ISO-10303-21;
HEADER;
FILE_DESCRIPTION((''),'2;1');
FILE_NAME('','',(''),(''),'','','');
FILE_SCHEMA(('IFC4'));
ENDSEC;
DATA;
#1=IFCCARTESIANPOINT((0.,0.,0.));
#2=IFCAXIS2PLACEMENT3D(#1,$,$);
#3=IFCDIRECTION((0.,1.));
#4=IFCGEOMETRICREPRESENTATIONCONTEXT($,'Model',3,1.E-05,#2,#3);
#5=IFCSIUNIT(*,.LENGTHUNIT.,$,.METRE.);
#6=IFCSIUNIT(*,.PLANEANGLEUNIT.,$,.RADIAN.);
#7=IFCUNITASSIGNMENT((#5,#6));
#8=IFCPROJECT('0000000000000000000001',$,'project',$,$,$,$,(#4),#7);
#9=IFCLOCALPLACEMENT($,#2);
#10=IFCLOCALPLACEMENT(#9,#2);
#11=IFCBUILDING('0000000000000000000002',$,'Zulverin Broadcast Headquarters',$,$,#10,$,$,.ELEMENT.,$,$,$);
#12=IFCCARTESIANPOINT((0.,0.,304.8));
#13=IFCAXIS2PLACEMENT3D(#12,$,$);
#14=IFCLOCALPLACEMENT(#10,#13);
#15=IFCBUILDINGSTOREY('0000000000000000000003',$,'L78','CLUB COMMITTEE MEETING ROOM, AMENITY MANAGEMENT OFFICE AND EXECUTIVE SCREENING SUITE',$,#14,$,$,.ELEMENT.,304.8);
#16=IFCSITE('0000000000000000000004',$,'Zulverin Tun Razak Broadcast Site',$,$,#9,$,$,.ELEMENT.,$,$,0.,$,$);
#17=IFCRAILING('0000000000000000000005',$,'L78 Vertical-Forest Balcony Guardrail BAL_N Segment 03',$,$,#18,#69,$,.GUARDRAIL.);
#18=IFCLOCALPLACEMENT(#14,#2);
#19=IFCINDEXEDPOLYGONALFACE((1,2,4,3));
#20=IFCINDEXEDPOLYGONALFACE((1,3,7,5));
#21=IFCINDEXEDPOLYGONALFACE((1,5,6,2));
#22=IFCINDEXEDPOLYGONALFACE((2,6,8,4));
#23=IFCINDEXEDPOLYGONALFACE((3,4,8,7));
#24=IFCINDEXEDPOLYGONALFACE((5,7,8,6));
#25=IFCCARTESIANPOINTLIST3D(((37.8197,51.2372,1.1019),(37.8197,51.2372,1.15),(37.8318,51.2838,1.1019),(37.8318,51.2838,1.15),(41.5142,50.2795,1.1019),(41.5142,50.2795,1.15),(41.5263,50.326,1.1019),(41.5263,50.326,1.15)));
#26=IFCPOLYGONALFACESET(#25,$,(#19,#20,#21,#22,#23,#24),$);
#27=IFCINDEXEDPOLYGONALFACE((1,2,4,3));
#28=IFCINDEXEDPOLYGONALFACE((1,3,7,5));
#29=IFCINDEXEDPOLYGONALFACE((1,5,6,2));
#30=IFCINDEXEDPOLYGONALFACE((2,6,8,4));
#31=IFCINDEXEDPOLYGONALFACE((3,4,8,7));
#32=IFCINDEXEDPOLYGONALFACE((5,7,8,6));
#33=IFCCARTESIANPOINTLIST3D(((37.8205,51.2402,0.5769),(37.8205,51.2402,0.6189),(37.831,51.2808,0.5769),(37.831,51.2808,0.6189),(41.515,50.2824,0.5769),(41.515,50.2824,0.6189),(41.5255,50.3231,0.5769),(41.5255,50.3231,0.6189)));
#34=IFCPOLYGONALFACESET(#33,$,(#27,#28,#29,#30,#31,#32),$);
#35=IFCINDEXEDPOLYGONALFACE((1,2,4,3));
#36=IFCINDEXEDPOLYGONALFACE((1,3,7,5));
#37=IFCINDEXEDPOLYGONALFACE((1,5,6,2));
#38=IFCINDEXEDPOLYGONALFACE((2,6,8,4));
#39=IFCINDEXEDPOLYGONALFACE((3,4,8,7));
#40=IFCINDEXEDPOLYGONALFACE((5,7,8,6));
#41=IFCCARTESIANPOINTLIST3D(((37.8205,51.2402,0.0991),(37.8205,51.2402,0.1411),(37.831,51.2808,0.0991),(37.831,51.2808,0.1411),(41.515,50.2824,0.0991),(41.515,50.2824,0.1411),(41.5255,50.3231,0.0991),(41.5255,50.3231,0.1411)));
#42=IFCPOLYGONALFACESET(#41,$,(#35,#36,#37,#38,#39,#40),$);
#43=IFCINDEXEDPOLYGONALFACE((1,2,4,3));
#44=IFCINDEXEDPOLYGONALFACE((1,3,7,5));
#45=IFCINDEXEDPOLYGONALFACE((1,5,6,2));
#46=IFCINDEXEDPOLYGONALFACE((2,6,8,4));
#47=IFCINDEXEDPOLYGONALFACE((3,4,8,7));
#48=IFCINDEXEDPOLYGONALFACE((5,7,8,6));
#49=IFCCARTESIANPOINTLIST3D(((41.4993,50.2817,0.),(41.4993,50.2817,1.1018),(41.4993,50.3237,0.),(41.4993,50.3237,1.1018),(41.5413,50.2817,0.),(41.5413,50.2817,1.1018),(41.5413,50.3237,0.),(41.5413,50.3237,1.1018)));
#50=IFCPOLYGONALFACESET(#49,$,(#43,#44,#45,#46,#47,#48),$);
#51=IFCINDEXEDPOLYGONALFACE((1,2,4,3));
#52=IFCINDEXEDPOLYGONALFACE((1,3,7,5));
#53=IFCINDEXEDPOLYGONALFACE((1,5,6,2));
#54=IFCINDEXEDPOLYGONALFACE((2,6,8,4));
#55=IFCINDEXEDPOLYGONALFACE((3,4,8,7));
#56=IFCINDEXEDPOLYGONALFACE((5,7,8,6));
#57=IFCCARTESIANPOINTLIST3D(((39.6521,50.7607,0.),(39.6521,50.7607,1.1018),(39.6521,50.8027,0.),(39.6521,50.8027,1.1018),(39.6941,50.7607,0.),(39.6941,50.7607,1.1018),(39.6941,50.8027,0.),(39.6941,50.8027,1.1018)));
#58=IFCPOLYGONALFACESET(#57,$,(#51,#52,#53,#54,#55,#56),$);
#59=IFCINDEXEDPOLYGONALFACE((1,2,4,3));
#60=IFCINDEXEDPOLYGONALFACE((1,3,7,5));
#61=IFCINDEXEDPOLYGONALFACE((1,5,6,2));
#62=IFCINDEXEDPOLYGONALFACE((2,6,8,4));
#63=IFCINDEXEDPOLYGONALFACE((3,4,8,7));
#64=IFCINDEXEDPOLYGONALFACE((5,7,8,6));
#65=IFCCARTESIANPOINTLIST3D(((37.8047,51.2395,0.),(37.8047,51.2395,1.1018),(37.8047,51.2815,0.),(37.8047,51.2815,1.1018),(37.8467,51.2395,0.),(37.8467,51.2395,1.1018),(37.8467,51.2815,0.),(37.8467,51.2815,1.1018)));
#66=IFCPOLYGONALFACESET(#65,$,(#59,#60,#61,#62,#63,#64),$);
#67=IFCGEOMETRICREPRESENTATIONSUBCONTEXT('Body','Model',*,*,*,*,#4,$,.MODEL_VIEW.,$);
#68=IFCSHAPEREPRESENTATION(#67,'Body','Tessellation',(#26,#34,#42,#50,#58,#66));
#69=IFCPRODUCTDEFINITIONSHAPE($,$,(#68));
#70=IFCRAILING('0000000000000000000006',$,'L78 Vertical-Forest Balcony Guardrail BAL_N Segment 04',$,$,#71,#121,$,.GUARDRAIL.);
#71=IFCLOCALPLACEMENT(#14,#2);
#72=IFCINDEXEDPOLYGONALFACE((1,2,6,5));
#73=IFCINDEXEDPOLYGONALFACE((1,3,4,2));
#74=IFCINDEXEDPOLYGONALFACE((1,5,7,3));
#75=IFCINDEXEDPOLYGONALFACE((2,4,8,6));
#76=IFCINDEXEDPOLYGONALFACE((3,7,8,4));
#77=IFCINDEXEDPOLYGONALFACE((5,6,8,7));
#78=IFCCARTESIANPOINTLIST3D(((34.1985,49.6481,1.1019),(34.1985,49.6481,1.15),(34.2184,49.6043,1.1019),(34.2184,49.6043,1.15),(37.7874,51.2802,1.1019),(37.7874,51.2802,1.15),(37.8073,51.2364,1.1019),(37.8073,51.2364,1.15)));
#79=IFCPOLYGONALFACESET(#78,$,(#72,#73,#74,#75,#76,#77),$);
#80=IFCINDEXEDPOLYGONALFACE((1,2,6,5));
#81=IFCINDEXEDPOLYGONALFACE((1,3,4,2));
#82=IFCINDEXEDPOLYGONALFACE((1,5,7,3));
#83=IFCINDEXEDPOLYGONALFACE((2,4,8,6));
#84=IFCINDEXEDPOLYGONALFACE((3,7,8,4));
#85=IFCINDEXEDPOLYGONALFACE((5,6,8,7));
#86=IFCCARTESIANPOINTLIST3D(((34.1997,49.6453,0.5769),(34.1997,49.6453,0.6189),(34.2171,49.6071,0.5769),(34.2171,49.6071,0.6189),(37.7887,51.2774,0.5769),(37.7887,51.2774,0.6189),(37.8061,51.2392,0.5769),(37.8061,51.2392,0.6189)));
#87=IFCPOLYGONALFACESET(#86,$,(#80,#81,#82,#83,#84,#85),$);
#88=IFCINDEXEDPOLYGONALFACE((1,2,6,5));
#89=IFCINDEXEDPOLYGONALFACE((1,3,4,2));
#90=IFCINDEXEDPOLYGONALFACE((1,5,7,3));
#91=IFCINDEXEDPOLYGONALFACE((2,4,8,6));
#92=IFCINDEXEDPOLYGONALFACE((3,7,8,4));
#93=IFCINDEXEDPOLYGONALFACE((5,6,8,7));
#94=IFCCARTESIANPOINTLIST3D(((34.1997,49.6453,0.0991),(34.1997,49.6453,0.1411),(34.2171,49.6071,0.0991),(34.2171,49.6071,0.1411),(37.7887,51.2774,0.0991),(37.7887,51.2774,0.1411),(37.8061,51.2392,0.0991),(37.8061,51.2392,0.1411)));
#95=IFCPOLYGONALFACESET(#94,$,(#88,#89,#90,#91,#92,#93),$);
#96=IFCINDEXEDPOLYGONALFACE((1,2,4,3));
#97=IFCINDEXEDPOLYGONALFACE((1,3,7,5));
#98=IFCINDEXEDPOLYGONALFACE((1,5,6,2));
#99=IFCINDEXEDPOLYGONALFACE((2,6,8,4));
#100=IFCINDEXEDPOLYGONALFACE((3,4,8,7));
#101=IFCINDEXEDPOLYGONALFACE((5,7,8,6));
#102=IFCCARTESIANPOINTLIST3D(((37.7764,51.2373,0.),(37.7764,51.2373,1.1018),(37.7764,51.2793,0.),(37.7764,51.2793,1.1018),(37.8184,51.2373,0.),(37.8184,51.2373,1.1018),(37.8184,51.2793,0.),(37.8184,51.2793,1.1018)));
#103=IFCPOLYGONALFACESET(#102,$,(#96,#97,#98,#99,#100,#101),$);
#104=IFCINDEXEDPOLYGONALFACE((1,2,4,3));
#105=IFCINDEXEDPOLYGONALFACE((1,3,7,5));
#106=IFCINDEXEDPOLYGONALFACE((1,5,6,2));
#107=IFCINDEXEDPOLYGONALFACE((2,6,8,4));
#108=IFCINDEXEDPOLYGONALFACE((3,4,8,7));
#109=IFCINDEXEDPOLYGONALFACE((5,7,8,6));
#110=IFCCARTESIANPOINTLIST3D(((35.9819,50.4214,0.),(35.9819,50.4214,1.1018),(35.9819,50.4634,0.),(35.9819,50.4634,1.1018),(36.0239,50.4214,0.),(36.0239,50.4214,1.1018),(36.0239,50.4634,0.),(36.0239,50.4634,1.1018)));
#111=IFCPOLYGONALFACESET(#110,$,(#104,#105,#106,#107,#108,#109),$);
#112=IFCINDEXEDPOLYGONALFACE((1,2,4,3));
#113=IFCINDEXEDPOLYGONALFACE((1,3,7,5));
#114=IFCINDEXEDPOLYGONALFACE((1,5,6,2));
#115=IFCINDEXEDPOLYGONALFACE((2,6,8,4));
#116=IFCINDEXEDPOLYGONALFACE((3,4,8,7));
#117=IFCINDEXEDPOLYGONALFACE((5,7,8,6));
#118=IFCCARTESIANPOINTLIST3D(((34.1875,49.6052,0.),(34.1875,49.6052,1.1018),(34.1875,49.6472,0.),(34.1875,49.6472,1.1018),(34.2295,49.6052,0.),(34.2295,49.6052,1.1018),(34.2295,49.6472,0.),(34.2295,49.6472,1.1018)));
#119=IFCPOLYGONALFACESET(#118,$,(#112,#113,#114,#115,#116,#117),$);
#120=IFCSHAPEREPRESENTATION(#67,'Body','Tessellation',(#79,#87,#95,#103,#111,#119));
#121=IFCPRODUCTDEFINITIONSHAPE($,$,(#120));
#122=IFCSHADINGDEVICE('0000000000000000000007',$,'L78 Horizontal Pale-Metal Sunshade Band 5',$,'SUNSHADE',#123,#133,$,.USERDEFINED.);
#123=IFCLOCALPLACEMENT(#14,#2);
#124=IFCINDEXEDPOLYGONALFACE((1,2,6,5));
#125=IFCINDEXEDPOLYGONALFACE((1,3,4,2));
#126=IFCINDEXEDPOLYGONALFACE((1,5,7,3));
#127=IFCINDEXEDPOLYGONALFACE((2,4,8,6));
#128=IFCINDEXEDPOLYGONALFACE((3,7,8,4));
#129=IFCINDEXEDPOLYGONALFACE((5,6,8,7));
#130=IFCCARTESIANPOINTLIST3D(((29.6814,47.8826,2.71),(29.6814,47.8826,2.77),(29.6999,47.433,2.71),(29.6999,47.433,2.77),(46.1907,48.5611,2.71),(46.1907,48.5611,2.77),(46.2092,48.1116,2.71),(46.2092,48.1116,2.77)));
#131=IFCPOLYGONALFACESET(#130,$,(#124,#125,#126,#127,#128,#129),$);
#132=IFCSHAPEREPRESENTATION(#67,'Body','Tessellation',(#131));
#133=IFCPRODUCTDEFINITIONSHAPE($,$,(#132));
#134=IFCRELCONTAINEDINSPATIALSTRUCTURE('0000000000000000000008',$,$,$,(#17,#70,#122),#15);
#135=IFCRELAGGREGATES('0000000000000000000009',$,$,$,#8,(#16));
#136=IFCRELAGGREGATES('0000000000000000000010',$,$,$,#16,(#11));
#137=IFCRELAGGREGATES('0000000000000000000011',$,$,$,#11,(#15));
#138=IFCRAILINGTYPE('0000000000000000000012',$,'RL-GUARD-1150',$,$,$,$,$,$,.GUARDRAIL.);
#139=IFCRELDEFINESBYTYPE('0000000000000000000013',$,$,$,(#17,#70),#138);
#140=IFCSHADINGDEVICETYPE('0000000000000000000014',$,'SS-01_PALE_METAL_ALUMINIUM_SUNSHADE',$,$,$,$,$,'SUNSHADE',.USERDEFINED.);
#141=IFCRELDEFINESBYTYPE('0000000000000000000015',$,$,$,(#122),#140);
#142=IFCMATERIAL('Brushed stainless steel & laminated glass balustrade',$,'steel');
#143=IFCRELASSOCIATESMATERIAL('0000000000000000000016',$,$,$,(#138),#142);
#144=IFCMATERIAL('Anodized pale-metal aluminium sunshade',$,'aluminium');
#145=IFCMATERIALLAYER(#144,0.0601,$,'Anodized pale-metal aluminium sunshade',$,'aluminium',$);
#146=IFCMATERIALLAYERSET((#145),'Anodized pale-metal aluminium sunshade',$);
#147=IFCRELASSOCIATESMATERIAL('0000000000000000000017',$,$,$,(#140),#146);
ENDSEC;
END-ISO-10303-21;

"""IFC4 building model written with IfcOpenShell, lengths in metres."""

from ifc_helpers import new_model, si_unit, direction, frame, origin, origin_2d, place, context, subcontext, project, spatial, rectangle, extrude, material, layer, layer_set, type_object, element, save


model = new_model("IFC4")

# Units and contexts
model_context = context("Model", 3, precision=1e-05, world=origin(), true_north=direction((0.0, 1.0)))
body_context = subcontext(model_context, "Body", "Model", "MODEL_VIEW")
ifc_project = project(units=[si_unit("LENGTHUNIT", "METRE"), si_unit("PLANEANGLEUNIT", "RADIAN")], contexts=[model_context])

# Site, building, storey
site_placement = place(None, origin())
site = spatial("IfcSite", under=ifc_project, at=site_placement, Name="Zulverin Tun Razak Broadcast Site", CompositionType="ELEMENT", RefElevation=0.0)
building_placement = place(site_placement, origin())
building = spatial("IfcBuilding", under=site, at=building_placement, Name="Zulverin Broadcast Headquarters", CompositionType="ELEMENT")
storey_placement = place(building_placement, frame((0.0, 0.0, 304.8)))
storey = spatial("IfcBuildingStorey", under=building, at=storey_placement, Name="L78", Description="CLUB COMMITTEE MEETING ROOM, AMENITY MANAGEMENT OFFICE AND EXECUTIVE SCREENING SUITE", CompositionType="ELEMENT", Elevation=304.8)

# Railings
ifc_material_1 = material(Name="Brushed stainless steel & laminated glass balustrade", Category="steel")
railing_type = type_object("IfcRailingType", Name="RL-GUARD-1150", PredefinedType="GUARDRAIL", material=ifc_material_1)
railing_1_placement = place(storey_placement, frame((41.5203, 50.3027, 0.0)))
element("IfcRailing", 1, at=railing_1_placement, inside=storey, type_object=railing_type, Name="L78 Vertical-Forest Balcony Guardrail BAL_N Segment 03", PredefinedType="GUARDRAIL", context=body_context, shape_type="SweptSolid", body=[
    extrude(rectangle(XDim=0.0481, YDim=0.0481, at=origin_2d()), frame((0.0, 0.0, 1.126), z_axis=(-0.968003, 0.25094, 0.0), x_axis=(-0.25094, -0.968003, 0.0)), (0.0, 0.0, 1.0), 3.8167),
    extrude(rectangle(XDim=0.042, YDim=0.042, at=origin_2d()), frame((0.0, 0.0, 0.5979), z_axis=(-0.968003, 0.25094, 0.0), x_axis=(-0.25094, -0.968003, 0.0)), (0.0, 0.0, 1.0), 3.8167),
    extrude(rectangle(XDim=0.042, YDim=0.042, at=origin_2d()), frame((0.0, 0.0, 0.1201), z_axis=(-0.968003, 0.25094, 0.0), x_axis=(-0.25094, -0.968003, 0.0)), (0.0, 0.0, 1.0), 3.8167),
    extrude(rectangle(XDim=0.042, YDim=0.042, at=origin_2d()), origin(), (0.0, 0.0, 1.0), 1.1018),
    extrude(rectangle(XDim=0.042, YDim=0.042, at=origin_2d()), frame((-1.8472, 0.479, 0.0)), (0.0, 0.0, 1.0), 1.1018),
    extrude(rectangle(XDim=0.042, YDim=0.042, at=origin_2d()), frame((-3.6946, 0.9578, 0.0)), (0.0, 0.0, 1.0), 1.1018),
])
railing_2_placement = place(storey_placement, frame((37.7974, 51.2583, 0.0)))
element("IfcRailing", 2, at=railing_2_placement, inside=storey, type_object=railing_type, Name="L78 Vertical-Forest Balcony Guardrail BAL_N Segment 04", PredefinedType="GUARDRAIL", context=body_context, shape_type="SweptSolid", body=[
    extrude(rectangle(XDim=0.0481, YDim=0.0481, at=origin_2d()), frame((0.0, 0.0, 1.126), z_axis=(-0.910292, -0.413966, 0.0), x_axis=(0.413966, -0.910292, 0.0)), (0.0, 0.0, 1.0), 3.9426),
    extrude(rectangle(XDim=0.042, YDim=0.042, at=origin_2d()), frame((0.0, 0.0, 0.5979), z_axis=(-0.910292, -0.413966, 0.0), x_axis=(0.413966, -0.910292, 0.0)), (0.0, 0.0, 1.0), 3.9426),
    extrude(rectangle(XDim=0.042, YDim=0.042, at=origin_2d()), frame((0.0, 0.0, 0.1201), z_axis=(-0.910292, -0.413966, 0.0), x_axis=(0.413966, -0.910292, 0.0)), (0.0, 0.0, 1.0), 3.9426),
    extrude(rectangle(XDim=0.042, YDim=0.042, at=origin_2d()), origin(), (0.0, 0.0, 1.0), 1.1018),
    extrude(rectangle(XDim=0.042, YDim=0.042, at=origin_2d()), frame((-1.7944, -0.8159, 0.0)), (0.0, 0.0, 1.0), 1.1018),
    extrude(rectangle(XDim=0.042, YDim=0.042, at=origin_2d()), frame((-3.5889, -1.6321, 0.0)), (0.0, 0.0, 1.0), 1.1018),
])

# Shading device
ifc_material_2 = material(Name="Anodized pale-metal aluminium sunshade", Category="aluminium")
ifc_layer_1 = layer(ifc_material_2, 0.0601, Name="Anodized pale-metal aluminium sunshade", Category="aluminium")
ifc_layer_set_1 = layer_set([ifc_layer_1], Name="Anodized pale-metal aluminium sunshade")
shading_device_type = type_object("IfcShadingDeviceType", Name="SS-01_PALE_METAL_ALUMINIUM_SUNSHADE", ElementType="SUNSHADE", PredefinedType="USERDEFINED", material=ifc_layer_set_1)
shading_device_placement = place(storey_placement, frame((37.9453, 47.9971, 2.71), z_axis=(0.0, 0.0, 1.0), x_axis=(-0.999156, -0.041068, 0.0)))
element("IfcShadingDevice", 3, at=shading_device_placement, inside=storey, type_object=shading_device_type, Name="L78 Horizontal Pale-Metal Sunshade Band 5", ObjectType="SUNSHADE", PredefinedType="USERDEFINED", context=body_context, shape_type="SweptSolid", body=[
    extrude(rectangle(XDim=16.5232, YDim=0.45, at=origin_2d()), origin(), (0.0, 0.0, 1.0), 0.0601),
])

save(model, "model.ifc")
